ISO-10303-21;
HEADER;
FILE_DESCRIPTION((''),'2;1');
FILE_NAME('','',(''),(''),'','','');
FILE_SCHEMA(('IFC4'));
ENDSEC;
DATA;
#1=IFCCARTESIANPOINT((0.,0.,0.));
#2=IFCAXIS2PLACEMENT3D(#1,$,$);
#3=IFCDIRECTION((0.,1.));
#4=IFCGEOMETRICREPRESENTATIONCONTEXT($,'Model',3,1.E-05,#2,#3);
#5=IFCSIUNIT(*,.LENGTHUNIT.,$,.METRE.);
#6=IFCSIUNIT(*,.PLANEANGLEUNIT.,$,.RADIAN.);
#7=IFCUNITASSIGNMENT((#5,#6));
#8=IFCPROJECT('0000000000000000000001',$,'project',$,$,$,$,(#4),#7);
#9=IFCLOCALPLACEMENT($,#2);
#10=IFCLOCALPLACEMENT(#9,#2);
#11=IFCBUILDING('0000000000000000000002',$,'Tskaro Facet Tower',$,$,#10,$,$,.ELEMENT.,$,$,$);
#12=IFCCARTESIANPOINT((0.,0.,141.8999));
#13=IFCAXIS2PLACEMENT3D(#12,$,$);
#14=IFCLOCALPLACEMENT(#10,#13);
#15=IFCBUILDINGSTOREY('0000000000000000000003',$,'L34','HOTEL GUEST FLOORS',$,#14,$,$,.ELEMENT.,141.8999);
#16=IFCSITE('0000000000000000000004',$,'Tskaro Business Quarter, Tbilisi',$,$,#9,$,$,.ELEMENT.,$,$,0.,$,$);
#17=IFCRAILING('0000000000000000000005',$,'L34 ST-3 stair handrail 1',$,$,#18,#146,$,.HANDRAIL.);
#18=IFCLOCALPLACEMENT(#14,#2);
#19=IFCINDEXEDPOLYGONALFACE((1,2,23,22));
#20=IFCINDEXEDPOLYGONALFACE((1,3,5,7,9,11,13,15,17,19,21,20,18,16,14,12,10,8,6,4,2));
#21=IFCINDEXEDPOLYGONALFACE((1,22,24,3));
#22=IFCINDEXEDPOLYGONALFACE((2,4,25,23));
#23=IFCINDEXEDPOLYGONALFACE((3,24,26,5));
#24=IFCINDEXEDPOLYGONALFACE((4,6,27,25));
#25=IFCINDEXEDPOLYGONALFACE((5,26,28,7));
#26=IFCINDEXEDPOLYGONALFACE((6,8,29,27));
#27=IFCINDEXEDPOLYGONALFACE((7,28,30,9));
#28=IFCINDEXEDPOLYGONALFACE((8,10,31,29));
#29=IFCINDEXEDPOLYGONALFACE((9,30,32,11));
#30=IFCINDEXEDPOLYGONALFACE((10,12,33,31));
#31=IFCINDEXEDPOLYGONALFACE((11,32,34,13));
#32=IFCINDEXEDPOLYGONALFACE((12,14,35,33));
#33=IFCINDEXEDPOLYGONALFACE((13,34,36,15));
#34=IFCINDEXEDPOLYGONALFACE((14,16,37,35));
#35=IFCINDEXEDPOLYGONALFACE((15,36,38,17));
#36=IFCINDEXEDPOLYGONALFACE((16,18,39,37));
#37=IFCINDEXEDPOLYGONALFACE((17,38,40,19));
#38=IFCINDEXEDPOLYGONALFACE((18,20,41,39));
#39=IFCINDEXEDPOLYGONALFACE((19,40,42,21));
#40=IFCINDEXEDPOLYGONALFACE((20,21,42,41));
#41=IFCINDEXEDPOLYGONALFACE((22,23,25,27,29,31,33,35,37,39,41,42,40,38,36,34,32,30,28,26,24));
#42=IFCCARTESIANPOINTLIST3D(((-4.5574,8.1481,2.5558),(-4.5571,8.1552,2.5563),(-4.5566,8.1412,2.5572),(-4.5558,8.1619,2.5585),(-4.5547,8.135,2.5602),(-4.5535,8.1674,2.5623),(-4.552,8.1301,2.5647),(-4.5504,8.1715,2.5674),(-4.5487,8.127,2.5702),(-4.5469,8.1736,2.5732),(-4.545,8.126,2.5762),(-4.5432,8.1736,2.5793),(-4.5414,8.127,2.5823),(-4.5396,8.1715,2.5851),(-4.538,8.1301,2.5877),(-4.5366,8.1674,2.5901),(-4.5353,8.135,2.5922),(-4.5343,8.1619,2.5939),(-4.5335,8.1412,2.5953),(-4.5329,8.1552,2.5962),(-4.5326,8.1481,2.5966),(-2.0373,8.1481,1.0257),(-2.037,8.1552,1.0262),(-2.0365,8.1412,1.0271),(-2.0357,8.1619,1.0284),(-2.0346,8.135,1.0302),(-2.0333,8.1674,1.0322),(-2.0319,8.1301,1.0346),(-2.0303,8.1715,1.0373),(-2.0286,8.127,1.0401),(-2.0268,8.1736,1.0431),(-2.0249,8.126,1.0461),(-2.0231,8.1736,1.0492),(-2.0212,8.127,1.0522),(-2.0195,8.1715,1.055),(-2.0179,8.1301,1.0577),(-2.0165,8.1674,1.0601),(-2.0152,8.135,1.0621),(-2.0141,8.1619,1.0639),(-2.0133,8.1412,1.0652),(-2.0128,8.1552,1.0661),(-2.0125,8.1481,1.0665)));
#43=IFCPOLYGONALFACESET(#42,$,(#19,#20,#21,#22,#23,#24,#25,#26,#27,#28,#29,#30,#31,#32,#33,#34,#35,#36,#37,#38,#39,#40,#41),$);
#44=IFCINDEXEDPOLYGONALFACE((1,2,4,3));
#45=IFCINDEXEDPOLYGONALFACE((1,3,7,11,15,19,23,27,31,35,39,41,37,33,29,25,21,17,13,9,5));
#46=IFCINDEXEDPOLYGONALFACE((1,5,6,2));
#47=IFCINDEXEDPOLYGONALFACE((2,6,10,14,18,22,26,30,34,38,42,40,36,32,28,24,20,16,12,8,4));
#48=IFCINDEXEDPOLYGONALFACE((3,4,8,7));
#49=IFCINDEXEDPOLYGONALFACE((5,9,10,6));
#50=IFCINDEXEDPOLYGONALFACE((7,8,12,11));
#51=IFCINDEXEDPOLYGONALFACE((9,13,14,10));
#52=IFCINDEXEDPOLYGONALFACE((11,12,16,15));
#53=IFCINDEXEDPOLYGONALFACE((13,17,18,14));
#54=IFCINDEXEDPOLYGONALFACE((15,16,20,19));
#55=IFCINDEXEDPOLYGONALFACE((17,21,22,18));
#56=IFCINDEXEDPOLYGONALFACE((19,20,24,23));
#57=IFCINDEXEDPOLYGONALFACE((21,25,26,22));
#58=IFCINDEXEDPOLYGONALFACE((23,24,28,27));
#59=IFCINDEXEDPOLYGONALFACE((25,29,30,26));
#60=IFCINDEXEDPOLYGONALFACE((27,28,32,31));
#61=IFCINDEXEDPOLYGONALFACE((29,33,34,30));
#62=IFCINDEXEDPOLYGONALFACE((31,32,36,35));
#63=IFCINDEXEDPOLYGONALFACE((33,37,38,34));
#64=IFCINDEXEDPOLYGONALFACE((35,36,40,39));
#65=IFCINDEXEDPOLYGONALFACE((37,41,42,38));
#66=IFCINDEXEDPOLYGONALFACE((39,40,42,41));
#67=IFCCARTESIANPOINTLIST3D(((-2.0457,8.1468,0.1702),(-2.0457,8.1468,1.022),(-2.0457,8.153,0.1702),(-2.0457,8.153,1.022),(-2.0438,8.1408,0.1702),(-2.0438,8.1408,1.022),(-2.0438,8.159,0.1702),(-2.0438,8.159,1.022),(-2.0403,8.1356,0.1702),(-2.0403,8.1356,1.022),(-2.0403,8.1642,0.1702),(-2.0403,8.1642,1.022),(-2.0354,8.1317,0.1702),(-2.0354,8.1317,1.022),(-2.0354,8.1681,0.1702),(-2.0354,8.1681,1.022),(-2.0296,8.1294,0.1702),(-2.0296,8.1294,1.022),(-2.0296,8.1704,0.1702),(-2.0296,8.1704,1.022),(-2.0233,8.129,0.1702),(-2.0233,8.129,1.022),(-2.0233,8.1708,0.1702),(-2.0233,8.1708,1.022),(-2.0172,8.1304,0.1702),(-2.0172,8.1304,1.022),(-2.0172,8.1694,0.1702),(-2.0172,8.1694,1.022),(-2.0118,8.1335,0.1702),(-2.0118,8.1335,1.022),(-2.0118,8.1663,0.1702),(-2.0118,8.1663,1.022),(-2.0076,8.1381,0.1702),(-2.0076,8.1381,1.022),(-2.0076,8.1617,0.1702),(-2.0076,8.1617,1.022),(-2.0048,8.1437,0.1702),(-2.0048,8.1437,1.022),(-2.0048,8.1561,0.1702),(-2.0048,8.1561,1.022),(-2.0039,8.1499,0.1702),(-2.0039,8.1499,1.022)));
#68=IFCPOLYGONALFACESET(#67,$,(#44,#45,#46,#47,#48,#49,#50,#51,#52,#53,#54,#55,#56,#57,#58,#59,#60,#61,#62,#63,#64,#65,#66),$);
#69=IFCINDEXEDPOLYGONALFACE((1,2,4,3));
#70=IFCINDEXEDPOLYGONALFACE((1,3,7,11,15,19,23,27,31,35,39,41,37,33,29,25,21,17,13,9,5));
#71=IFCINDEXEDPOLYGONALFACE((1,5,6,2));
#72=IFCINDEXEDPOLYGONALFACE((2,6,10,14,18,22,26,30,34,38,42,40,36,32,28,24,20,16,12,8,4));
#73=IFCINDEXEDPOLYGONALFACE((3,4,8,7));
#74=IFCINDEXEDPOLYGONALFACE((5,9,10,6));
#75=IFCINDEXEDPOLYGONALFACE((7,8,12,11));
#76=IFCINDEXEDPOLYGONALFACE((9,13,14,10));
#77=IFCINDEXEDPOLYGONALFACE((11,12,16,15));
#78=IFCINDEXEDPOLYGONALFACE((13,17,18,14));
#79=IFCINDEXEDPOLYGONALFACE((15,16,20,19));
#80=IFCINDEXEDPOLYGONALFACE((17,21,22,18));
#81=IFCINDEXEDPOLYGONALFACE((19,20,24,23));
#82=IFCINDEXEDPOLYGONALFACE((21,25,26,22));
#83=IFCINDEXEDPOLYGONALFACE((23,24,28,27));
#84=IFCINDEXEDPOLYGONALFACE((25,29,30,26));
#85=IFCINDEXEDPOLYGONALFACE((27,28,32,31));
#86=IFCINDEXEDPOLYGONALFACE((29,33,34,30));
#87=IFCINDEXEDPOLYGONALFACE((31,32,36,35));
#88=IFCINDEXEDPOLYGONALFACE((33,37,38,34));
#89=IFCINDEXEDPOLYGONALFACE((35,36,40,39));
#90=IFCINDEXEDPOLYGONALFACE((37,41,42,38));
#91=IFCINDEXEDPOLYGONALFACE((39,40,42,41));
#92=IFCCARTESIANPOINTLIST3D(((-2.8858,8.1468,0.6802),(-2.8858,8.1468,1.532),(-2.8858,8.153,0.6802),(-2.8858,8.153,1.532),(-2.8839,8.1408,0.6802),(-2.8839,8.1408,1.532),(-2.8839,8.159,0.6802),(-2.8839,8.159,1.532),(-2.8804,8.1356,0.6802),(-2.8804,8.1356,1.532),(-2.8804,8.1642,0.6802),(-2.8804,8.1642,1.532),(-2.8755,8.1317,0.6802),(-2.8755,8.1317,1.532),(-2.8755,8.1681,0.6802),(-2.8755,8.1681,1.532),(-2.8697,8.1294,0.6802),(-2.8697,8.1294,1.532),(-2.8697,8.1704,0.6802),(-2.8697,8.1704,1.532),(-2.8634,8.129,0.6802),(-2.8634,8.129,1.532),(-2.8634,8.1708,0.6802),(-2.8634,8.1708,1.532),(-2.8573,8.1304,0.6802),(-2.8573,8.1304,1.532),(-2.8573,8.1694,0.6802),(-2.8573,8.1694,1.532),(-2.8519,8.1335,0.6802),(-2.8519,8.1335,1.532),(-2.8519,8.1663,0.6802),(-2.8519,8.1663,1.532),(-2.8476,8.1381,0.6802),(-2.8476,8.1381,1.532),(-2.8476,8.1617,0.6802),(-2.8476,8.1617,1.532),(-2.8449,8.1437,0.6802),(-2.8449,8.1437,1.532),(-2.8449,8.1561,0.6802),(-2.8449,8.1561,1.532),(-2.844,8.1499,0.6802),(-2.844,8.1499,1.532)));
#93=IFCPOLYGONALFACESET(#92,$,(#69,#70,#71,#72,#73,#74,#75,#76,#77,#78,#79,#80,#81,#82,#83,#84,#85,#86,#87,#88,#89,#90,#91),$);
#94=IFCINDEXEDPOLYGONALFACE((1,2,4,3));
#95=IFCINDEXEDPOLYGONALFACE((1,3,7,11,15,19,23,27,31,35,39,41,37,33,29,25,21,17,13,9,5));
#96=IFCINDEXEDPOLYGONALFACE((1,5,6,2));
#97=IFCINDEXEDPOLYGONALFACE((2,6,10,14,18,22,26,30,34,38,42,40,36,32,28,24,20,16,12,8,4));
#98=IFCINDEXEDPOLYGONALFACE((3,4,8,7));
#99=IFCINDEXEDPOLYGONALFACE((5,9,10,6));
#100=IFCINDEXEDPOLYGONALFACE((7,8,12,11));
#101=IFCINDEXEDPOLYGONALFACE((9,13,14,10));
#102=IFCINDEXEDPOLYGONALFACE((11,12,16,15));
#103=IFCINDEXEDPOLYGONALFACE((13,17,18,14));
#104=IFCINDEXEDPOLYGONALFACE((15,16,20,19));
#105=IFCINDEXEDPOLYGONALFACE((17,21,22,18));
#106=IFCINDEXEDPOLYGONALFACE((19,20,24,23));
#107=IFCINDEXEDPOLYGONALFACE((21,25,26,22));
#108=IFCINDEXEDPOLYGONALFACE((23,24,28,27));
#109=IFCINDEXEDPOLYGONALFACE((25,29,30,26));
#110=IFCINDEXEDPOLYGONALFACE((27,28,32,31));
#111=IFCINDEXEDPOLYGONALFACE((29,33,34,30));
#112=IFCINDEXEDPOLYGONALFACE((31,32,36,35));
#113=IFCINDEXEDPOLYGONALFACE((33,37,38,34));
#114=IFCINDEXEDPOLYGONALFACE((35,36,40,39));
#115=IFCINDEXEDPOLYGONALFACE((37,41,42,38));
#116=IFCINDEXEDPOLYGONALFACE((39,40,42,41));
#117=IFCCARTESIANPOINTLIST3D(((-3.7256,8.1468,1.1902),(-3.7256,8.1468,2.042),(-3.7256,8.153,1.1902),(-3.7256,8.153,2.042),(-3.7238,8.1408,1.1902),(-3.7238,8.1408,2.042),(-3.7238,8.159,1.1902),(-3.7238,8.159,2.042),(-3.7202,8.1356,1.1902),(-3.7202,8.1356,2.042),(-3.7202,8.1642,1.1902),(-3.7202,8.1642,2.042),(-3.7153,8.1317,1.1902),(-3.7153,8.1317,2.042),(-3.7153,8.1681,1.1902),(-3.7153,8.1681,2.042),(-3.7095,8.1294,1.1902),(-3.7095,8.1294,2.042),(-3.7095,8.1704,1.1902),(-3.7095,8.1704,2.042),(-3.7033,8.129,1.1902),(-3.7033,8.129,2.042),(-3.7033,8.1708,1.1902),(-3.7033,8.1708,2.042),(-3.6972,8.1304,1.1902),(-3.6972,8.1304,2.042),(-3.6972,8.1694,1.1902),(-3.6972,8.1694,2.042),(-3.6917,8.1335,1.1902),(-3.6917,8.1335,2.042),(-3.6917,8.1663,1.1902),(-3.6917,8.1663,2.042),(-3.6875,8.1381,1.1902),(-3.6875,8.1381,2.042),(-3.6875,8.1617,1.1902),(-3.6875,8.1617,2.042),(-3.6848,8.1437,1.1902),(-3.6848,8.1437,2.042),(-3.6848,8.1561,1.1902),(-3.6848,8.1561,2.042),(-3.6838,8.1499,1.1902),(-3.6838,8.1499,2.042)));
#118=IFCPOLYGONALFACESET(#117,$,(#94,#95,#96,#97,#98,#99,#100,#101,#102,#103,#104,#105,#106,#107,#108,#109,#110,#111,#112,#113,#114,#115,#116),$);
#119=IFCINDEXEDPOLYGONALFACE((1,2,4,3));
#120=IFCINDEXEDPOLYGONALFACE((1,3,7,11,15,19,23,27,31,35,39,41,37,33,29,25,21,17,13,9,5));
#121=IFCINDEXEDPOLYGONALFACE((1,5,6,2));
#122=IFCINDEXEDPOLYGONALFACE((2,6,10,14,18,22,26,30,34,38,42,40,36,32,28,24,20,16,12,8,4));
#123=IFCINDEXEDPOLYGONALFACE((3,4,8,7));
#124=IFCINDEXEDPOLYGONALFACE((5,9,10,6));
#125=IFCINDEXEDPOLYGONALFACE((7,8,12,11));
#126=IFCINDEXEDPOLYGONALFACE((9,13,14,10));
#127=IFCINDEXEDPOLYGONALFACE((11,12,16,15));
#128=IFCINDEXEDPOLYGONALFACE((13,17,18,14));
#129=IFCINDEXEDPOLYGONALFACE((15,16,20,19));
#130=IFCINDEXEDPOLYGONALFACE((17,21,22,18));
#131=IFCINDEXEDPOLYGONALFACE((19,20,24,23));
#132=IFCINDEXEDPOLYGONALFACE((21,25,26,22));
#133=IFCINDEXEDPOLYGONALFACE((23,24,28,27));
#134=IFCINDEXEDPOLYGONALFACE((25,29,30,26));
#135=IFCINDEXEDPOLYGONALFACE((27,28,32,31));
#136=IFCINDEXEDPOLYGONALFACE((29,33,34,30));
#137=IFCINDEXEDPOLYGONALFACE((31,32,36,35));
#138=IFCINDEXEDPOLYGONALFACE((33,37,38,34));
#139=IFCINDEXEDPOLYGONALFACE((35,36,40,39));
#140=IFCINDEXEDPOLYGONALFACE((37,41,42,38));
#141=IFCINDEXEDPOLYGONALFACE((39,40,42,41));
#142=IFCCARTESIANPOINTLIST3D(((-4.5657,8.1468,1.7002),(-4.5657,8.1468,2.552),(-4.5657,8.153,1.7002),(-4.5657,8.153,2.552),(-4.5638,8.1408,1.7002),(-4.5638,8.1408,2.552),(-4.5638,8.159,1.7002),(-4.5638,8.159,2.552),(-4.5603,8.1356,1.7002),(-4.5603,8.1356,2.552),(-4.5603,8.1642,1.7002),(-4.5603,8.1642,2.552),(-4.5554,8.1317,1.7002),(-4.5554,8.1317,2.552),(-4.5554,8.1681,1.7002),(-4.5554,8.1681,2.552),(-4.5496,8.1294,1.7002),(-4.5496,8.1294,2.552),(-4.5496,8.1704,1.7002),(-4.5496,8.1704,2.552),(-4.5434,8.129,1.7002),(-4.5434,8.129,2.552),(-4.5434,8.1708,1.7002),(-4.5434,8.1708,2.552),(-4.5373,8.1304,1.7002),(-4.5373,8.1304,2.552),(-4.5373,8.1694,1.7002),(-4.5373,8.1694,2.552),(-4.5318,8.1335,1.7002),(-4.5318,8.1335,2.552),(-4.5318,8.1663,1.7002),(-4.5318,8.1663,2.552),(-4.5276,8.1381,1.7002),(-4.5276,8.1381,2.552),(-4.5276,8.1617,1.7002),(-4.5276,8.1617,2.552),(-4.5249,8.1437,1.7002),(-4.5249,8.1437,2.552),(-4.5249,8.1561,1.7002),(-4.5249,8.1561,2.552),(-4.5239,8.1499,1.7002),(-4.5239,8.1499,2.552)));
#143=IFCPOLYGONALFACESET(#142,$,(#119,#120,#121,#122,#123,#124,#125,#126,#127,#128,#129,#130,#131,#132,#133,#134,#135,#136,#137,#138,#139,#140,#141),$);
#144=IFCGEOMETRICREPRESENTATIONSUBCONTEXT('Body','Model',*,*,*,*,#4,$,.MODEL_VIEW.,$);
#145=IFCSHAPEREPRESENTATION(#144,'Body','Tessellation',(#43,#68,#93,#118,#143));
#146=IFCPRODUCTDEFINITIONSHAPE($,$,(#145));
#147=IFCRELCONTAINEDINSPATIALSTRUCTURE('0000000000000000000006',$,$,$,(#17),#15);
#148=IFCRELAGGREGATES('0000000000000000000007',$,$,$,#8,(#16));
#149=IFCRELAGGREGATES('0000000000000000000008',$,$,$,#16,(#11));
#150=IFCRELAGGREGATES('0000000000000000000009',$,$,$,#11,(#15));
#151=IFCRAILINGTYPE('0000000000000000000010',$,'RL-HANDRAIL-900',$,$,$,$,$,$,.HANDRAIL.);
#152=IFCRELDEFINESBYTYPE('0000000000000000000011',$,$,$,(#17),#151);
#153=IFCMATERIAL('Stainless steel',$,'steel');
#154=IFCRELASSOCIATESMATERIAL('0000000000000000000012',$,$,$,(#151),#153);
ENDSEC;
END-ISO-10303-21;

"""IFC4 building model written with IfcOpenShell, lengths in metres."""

from ifc_helpers import new_model, si_unit, direction, frame, origin, origin_2d, place, context, subcontext, project, spatial, circle, extrude, material, type_object, element, save


model = new_model("IFC4")

# Units and contexts
model_context = context("Model", 3, precision=1e-05, world=origin(), true_north=direction((0.0, 1.0)))
body_context = subcontext(model_context, "Body", "Model", "MODEL_VIEW")
ifc_project = project(units=[si_unit("LENGTHUNIT", "METRE"), si_unit("PLANEANGLEUNIT", "RADIAN")], contexts=[model_context])

# Site, building, storey
site_placement = place(None, origin())
site = spatial("IfcSite", under=ifc_project, at=site_placement, Name="Tskaro Business Quarter, Tbilisi", CompositionType="ELEMENT", RefElevation=0.0)
building_placement = place(site_placement, origin())
building = spatial("IfcBuilding", under=site, at=building_placement, Name="Tskaro Facet Tower", CompositionType="ELEMENT")
storey_placement = place(building_placement, frame((0.0, 0.0, 141.8999)))
storey = spatial("IfcBuildingStorey", under=building, at=storey_placement, Name="L34", Description="HOTEL GUEST FLOORS", CompositionType="ELEMENT", Elevation=141.8999)

# Railing
ifc_material_1 = material(Name="Stainless steel", Category="steel")
railing_type_1 = type_object("IfcRailingType", Name="RL-HANDRAIL-900", PredefinedType="HANDRAIL", material=ifc_material_1)
railing_1_placement = place(storey_placement, frame((-2.0249, 8.1499, 0.1702)))
element("IfcRailing", 1, at=railing_1_placement, inside=storey, type_object=railing_type_1, Name="L34 ST-3 stair handrail 1", PredefinedType="HANDRAIL", context=body_context, shape_type="SweptSolid", body=[
    extrude(circle(Radius=0.0239, at=origin_2d()), frame((0.0, 0.0, 0.876), z_axis=(-0.854785, 0.0, 0.518982), x_axis=(0.0, -1.0, 0.0)), (0.0, 0.0, 1.0), 2.9482),
    extrude(circle(Radius=0.021, at=origin_2d()), origin(), (0.0, 0.0, 1.0), 0.8518),
    extrude(circle(Radius=0.021, at=origin_2d()), frame((-0.8401, 0.0, 0.51)), (0.0, 0.0, 1.0), 0.8518),
    extrude(circle(Radius=0.021, at=origin_2d()), frame((-1.6799, 0.0, 1.02)), (0.0, 0.0, 1.0), 0.8518),
    extrude(circle(Radius=0.021, at=origin_2d()), frame((-2.52, 0.0, 1.53)), (0.0, 0.0, 1.0), 0.8518),
])

save(model, "model.ifc")
